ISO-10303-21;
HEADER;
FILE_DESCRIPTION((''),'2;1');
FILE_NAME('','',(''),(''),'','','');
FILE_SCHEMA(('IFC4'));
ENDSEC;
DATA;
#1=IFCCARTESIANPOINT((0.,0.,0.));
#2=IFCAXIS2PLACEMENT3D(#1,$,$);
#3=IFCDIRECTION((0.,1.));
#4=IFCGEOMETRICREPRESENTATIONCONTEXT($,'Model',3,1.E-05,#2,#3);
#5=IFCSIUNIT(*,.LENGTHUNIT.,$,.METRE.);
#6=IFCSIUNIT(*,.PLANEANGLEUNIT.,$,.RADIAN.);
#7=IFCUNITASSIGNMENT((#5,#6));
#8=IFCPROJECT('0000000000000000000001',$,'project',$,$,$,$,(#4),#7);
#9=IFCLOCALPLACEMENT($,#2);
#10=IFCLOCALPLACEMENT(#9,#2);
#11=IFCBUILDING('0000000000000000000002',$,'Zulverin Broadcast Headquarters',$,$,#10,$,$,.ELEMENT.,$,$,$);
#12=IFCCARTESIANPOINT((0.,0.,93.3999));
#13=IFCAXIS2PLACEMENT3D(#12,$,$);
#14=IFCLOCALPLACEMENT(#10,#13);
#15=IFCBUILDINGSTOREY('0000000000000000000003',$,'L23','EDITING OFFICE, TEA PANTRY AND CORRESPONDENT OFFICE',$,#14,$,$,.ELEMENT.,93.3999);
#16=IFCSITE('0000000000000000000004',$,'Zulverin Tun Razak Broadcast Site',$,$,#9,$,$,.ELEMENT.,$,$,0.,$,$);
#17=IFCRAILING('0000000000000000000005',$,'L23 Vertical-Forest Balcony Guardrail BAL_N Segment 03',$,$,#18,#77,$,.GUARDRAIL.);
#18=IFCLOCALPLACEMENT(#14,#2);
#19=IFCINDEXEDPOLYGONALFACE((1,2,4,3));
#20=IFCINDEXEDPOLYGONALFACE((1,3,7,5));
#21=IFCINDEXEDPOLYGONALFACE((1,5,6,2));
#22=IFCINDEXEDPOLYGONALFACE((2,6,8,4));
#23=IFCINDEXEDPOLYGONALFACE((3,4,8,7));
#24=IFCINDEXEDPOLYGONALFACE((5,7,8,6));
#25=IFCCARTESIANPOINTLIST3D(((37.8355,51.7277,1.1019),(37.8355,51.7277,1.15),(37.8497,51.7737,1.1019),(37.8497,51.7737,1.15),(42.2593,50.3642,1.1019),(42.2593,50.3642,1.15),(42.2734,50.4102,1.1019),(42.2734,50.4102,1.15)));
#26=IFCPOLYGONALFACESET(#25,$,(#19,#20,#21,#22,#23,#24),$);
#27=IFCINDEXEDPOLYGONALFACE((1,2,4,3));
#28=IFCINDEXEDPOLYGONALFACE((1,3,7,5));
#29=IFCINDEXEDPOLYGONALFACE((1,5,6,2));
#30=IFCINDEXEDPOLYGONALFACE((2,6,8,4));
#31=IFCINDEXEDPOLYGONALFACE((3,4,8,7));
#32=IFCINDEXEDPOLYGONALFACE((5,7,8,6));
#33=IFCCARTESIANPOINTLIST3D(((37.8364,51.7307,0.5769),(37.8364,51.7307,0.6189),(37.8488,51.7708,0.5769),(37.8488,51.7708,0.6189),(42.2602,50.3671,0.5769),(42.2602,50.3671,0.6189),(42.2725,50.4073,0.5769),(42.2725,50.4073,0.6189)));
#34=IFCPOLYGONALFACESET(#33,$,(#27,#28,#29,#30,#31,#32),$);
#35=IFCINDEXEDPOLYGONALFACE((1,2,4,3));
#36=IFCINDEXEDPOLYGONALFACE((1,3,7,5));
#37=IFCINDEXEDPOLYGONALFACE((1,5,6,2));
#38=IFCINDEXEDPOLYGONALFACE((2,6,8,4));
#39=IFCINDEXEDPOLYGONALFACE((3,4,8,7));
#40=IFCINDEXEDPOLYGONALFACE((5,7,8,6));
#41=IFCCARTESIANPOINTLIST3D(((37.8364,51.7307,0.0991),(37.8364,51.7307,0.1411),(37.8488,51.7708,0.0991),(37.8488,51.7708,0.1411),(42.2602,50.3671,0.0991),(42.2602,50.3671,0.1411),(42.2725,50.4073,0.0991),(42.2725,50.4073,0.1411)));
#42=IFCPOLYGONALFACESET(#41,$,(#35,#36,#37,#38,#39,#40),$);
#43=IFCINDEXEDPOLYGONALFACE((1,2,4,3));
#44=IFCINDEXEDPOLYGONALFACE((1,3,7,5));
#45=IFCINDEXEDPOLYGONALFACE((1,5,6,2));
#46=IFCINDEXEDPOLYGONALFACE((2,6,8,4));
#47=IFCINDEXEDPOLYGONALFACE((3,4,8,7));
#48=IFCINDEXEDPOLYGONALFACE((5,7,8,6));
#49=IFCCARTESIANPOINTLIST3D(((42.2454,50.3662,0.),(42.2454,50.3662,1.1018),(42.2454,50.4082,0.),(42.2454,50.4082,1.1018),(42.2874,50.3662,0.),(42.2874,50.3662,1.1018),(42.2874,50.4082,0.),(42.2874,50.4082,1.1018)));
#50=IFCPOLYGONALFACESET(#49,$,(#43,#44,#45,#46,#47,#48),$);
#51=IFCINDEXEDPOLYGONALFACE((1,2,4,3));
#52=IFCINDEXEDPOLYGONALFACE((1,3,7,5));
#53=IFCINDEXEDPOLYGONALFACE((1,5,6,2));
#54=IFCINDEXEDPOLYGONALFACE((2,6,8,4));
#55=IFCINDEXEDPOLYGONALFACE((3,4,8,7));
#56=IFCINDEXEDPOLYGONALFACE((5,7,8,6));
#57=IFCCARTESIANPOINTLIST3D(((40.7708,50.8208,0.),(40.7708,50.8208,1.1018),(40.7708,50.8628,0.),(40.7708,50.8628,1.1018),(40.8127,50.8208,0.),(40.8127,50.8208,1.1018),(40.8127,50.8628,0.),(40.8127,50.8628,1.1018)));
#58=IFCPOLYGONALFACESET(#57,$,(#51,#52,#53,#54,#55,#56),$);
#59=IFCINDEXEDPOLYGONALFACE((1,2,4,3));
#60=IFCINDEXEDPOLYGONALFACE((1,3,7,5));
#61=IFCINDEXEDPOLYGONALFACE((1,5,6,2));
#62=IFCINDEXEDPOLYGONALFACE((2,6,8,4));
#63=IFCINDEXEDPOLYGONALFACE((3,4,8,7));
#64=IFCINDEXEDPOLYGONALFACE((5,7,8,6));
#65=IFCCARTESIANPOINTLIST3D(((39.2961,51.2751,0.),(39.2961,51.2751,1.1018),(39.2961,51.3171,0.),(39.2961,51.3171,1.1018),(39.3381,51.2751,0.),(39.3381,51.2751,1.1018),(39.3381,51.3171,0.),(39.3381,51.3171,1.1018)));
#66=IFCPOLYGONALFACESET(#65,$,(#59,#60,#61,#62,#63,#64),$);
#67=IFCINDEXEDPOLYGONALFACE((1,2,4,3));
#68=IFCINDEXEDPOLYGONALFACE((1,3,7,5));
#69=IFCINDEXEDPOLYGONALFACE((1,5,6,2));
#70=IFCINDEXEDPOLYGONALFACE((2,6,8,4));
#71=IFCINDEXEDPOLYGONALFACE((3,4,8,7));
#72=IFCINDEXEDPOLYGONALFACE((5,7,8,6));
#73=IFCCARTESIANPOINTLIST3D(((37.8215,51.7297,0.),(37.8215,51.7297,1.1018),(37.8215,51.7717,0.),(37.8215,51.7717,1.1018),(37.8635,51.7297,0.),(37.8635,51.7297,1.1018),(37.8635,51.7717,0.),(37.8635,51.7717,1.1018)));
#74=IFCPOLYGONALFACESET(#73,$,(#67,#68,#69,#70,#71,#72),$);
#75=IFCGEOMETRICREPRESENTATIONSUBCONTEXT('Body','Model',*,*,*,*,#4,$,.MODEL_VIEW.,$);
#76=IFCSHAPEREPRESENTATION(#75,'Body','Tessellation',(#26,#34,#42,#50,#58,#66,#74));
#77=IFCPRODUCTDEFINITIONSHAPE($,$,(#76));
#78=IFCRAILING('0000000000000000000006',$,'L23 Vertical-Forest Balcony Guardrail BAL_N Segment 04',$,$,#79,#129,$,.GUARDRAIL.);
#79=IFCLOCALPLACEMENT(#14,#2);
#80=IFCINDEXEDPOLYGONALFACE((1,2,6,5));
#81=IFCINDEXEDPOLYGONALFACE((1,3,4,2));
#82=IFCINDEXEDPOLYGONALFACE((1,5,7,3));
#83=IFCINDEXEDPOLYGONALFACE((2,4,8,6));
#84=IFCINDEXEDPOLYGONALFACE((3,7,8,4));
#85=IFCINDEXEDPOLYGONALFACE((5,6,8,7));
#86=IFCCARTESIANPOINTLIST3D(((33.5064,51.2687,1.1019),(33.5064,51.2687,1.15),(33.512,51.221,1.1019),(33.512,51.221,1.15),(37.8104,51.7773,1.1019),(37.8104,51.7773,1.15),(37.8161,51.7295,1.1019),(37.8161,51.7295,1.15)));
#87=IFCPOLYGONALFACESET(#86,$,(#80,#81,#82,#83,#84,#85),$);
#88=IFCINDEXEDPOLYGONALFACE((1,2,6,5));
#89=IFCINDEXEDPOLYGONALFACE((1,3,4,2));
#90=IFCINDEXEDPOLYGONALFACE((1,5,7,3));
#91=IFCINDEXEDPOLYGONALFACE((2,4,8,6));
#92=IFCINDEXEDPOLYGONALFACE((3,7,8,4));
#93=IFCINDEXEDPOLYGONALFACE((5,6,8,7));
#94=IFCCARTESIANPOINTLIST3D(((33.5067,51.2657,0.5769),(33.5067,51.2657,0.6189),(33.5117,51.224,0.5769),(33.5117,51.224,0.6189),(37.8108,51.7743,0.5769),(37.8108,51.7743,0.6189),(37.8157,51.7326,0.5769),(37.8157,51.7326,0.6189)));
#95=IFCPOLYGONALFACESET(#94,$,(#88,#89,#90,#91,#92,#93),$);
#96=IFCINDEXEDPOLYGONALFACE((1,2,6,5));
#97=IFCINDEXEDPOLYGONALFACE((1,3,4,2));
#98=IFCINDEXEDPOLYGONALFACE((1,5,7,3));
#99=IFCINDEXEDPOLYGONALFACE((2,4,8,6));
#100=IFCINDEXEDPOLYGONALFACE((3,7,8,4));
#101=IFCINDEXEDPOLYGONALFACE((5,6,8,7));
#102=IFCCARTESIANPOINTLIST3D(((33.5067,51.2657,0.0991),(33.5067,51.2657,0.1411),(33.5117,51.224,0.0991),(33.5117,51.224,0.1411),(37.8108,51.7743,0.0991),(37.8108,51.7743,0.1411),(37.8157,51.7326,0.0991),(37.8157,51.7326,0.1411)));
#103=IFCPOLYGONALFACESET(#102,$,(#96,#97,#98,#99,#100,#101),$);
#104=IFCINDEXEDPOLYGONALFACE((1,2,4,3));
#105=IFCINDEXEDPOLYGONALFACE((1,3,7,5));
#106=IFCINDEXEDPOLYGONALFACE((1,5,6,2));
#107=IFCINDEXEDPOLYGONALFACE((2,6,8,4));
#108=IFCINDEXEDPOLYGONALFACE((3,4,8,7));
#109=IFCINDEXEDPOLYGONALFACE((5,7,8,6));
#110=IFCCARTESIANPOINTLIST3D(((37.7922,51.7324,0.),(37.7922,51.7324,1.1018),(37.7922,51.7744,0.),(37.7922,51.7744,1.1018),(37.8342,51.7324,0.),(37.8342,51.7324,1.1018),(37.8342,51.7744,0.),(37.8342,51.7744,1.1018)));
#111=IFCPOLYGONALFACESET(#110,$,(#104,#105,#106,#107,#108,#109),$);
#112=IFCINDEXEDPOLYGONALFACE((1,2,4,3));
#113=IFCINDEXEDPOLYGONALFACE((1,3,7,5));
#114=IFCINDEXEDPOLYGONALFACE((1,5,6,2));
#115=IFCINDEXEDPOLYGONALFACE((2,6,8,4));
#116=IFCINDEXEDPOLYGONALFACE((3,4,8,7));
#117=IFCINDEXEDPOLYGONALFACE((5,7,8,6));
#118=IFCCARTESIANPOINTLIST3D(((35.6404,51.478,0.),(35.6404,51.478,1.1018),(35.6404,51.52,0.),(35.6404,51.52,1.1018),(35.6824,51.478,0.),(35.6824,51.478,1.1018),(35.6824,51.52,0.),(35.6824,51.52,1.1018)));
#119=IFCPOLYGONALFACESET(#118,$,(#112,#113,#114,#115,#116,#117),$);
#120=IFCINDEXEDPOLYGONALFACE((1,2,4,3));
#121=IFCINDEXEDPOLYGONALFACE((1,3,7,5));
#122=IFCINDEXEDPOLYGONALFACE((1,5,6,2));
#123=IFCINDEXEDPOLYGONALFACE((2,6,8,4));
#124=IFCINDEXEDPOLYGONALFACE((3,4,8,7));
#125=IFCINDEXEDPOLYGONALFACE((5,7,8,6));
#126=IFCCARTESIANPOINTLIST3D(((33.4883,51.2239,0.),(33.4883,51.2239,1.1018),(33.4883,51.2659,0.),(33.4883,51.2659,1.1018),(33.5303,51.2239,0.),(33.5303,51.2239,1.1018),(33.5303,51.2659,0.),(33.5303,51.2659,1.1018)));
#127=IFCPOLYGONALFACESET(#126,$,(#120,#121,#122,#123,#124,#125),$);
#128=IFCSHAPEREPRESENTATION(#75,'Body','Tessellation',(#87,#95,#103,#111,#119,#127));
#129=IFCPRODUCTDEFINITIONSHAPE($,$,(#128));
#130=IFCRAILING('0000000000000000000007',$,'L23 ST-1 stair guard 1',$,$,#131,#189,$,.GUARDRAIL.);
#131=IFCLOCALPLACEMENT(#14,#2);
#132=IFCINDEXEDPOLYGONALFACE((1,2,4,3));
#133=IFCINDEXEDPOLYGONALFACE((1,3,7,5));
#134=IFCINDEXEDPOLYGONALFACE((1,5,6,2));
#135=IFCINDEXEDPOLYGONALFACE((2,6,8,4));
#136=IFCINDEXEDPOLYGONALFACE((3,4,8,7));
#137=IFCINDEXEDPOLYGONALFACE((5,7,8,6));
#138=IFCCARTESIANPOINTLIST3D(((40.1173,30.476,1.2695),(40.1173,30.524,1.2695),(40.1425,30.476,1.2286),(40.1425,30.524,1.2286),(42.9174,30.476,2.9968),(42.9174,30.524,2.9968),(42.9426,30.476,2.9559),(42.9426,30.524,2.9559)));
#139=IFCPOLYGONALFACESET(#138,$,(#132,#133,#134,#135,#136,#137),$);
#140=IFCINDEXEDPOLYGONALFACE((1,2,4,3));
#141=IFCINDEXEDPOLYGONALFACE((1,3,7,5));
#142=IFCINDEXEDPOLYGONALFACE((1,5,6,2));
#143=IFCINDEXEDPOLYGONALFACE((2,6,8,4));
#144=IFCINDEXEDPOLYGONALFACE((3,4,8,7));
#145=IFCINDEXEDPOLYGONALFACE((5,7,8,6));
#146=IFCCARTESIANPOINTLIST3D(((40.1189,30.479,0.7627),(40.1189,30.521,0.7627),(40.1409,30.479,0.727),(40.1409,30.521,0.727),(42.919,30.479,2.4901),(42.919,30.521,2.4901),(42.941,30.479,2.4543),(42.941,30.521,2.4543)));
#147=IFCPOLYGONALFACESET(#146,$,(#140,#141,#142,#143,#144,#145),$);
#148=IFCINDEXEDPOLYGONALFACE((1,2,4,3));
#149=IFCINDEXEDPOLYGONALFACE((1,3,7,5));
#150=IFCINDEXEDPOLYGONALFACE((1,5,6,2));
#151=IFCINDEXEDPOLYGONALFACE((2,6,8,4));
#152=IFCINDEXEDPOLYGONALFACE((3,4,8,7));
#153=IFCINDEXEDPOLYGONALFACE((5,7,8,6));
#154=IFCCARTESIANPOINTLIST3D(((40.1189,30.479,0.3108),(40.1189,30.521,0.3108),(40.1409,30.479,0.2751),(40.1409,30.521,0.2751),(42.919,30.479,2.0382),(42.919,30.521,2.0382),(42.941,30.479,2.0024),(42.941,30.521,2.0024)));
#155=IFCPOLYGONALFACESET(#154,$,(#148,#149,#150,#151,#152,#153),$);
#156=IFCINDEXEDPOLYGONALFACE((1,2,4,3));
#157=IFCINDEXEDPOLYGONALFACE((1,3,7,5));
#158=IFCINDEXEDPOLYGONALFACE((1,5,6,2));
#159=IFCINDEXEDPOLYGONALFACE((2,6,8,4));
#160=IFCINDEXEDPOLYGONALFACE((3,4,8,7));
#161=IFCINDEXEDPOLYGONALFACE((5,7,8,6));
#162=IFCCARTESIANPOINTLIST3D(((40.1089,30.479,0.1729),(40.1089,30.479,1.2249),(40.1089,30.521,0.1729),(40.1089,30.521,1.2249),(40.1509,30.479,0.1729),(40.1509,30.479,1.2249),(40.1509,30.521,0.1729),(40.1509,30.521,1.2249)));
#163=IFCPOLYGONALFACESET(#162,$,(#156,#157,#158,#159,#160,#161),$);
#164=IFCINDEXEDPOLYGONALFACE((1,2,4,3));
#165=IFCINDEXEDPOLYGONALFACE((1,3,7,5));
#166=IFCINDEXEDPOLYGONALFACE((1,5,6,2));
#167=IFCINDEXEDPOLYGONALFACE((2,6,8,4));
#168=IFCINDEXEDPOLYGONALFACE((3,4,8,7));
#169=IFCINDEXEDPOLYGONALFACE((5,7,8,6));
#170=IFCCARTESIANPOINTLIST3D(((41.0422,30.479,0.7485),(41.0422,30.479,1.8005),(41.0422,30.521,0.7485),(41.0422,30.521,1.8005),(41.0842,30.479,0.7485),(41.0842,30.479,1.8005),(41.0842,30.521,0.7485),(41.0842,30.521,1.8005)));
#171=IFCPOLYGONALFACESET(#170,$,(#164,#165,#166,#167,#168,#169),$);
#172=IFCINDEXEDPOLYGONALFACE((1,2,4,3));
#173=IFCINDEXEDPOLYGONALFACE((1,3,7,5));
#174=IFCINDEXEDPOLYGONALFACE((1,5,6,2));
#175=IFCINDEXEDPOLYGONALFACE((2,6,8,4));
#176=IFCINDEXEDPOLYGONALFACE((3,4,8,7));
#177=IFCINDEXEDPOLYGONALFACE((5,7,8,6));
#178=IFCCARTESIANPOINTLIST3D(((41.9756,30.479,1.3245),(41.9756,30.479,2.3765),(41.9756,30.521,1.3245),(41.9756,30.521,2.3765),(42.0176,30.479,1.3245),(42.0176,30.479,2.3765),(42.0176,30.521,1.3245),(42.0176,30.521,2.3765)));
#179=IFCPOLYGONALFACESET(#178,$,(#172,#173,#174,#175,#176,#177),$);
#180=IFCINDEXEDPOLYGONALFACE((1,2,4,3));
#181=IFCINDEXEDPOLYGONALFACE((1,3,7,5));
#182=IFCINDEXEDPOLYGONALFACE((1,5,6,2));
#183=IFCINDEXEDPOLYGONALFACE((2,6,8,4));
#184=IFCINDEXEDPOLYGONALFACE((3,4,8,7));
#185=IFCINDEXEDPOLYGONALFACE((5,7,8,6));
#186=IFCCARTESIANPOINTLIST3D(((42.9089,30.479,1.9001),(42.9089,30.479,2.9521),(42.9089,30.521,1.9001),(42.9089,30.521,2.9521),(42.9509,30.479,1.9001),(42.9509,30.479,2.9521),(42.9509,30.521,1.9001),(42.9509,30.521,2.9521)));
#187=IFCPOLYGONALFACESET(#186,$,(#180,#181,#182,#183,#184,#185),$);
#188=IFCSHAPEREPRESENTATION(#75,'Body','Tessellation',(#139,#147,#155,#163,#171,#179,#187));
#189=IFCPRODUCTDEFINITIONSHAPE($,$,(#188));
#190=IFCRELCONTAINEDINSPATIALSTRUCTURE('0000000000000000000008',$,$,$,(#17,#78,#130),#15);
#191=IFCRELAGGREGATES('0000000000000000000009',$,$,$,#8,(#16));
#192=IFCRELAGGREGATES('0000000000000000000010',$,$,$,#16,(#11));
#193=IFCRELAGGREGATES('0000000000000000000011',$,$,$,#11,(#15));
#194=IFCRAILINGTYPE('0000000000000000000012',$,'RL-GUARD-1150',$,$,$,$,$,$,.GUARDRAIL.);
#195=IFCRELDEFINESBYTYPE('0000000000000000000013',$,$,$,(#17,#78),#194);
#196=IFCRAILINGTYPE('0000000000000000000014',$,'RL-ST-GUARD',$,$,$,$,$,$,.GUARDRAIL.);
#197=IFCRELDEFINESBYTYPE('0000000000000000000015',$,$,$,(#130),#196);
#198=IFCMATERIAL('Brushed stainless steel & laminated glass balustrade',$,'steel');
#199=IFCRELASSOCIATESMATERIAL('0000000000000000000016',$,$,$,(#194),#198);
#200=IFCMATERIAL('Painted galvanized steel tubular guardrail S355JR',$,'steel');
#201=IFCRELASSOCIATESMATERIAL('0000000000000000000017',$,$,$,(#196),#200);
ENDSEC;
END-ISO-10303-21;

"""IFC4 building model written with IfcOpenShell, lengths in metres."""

from ifc_helpers import new_model, si_unit, direction, frame, origin, origin_2d, place, context, subcontext, project, spatial, rectangle, extrude, material, type_object, element, save


model = new_model("IFC4")

# Units and contexts
model_context = context("Model", 3, precision=1e-05, world=origin(), true_north=direction((0.0, 1.0)))
body_context = subcontext(model_context, "Body", "Model", "MODEL_VIEW")
ifc_project = project(units=[si_unit("LENGTHUNIT", "METRE"), si_unit("PLANEANGLEUNIT", "RADIAN")], contexts=[model_context])

# Site, building, storey
site_placement = place(None, origin())
site = spatial("IfcSite", under=ifc_project, at=site_placement, Name="Zulverin Tun Razak Broadcast Site", CompositionType="ELEMENT", RefElevation=0.0)
building_placement = place(site_placement, origin())
building = spatial("IfcBuilding", under=site, at=building_placement, Name="Zulverin Broadcast Headquarters", CompositionType="ELEMENT")
storey_placement = place(building_placement, frame((0.0, 0.0, 93.3999)))
storey = spatial("IfcBuildingStorey", under=building, at=storey_placement, Name="L23", Description="EDITING OFFICE, TEA PANTRY AND CORRESPONDENT OFFICE", CompositionType="ELEMENT", Elevation=93.3999)

# Railings
ifc_material_1 = material(Name="Brushed stainless steel & laminated glass balustrade", Category="steel")
railing_type_1 = type_object("IfcRailingType", Name="RL-GUARD-1150", PredefinedType="GUARDRAIL", material=ifc_material_1)
railing_1_placement = place(storey_placement, frame((42.2664, 50.3872, 0.0)))
element("IfcRailing", 1, at=railing_1_placement, inside=storey, type_object=railing_type_1, Name="L23 Vertical-Forest Balcony Guardrail BAL_N Segment 03", PredefinedType="GUARDRAIL", context=body_context, shape_type="SweptSolid", body=[
    extrude(rectangle(XDim=0.0481, YDim=0.0481, at=origin_2d()), frame((0.0, 0.0, 1.126), z_axis=(-0.955636, 0.294549, 0.0), x_axis=(-0.294549, -0.955636, 0.0)), (0.0, 0.0, 1.0), 4.6292),
    extrude(rectangle(XDim=0.042, YDim=0.042, at=origin_2d()), frame((0.0, 0.0, 0.5979), z_axis=(-0.955636, 0.294549, 0.0), x_axis=(-0.294549, -0.955636, 0.0)), (0.0, 0.0, 1.0), 4.6292),
    extrude(rectangle(XDim=0.042, YDim=0.042, at=origin_2d()), frame((0.0, 0.0, 0.1201), z_axis=(-0.955636, 0.294549, 0.0), x_axis=(-0.294549, -0.955636, 0.0)), (0.0, 0.0, 1.0), 4.6292),
    extrude(rectangle(XDim=0.042, YDim=0.042, at=origin_2d()), origin(), (0.0, 0.0, 1.0), 1.1018),
    extrude(rectangle(XDim=0.042, YDim=0.042, at=origin_2d()), frame((-1.4746, 0.4546, 0.0)), (0.0, 0.0, 1.0), 1.1018),
    extrude(rectangle(XDim=0.042, YDim=0.042, at=origin_2d()), frame((-2.9492, 0.9089, 0.0)), (0.0, 0.0, 1.0), 1.1018),
    extrude(rectangle(XDim=0.042, YDim=0.042, at=origin_2d()), frame((-4.4238, 1.3635, 0.0)), (0.0, 0.0, 1.0), 1.1018),
])
railing_2_placement = place(storey_placement, frame((37.8132, 51.7534, 0.0)))
element("IfcRailing", 2, at=railing_2_placement, inside=storey, type_object=railing_type_1, Name="L23 Vertical-Forest Balcony Guardrail BAL_N Segment 04", PredefinedType="GUARDRAIL", context=body_context, shape_type="SweptSolid", body=[
    extrude(rectangle(XDim=0.0481, YDim=0.0481, at=origin_2d()), frame((0.0, 0.0, 1.126), z_axis=(-0.993092, -0.117341, 0.0), x_axis=(0.117341, -0.993092, 0.0)), (0.0, 0.0, 1.0), 4.334),
    extrude(rectangle(XDim=0.042, YDim=0.042, at=origin_2d()), frame((0.0, 0.0, 0.5979), z_axis=(-0.993092, -0.117341, 0.0), x_axis=(0.117341, -0.993092, 0.0)), (0.0, 0.0, 1.0), 4.334),
    extrude(rectangle(XDim=0.042, YDim=0.042, at=origin_2d()), frame((0.0, 0.0, 0.1201), z_axis=(-0.993092, -0.117341, 0.0), x_axis=(0.117341, -0.993092, 0.0)), (0.0, 0.0, 1.0), 4.334),
    extrude(rectangle(XDim=0.042, YDim=0.042, at=origin_2d()), origin(), (0.0, 0.0, 1.0), 1.1018),
    extrude(rectangle(XDim=0.042, YDim=0.042, at=origin_2d()), frame((-2.1519, -0.2544, 0.0)), (0.0, 0.0, 1.0), 1.1018),
    extrude(rectangle(XDim=0.042, YDim=0.042, at=origin_2d()), frame((-4.304, -0.5085, 0.0)), (0.0, 0.0, 1.0), 1.1018),
])
ifc_material_2 = material(Name="Painted galvanized steel tubular guardrail S355JR", Category="steel")
railing_type_2 = type_object("IfcRailingType", Name="RL-ST-GUARD", PredefinedType="GUARDRAIL", material=ifc_material_2)
railing_3_placement = place(storey_placement, frame((40.1299, 30.5, 0.1729)))
element("IfcRailing", 3, at=railing_3_placement, inside=storey, type_object=railing_type_2, Name="L23 ST-1 stair guard 1", PredefinedType="GUARDRAIL", context=body_context, shape_type="SweptSolid", body=[
    extrude(rectangle(XDim=0.0481, YDim=0.0481, at=origin_2d()), frame((0.0, 0.0, 1.0762), z_axis=(0.85109, 0.0, 0.52502), x_axis=(0.0, 1.0, 0.0)), (0.0, 0.0, 1.0), 3.29),
    extrude(rectangle(XDim=0.042, YDim=0.042, at=origin_2d()), frame((0.0, 0.0, 0.572), z_axis=(0.85109, 0.0, 0.52502), x_axis=(0.0, 1.0, 0.0)), (0.0, 0.0, 1.0), 3.29),
    extrude(rectangle(XDim=0.042, YDim=0.042, at=origin_2d()), frame((0.0, 0.0, 0.1201), z_axis=(0.85109, 0.0, 0.52502), x_axis=(0.0, 1.0, 0.0)), (0.0, 0.0, 1.0), 3.29),
    extrude(rectangle(XDim=0.042, YDim=0.042, at=origin_2d()), origin(), (0.0, 0.0, 1.0), 1.052),
    extrude(rectangle(XDim=0.042, YDim=0.042, at=origin_2d()), frame((0.9333, 0.0, 0.5757)), (0.0, 0.0, 1.0), 1.052),
    extrude(rectangle(XDim=0.042, YDim=0.042, at=origin_2d()), frame((1.8667, 0.0, 1.1516)), (0.0, 0.0, 1.0), 1.052),
    extrude(rectangle(XDim=0.042, YDim=0.042, at=origin_2d()), frame((2.8, 0.0, 1.7273)), (0.0, 0.0, 1.0), 1.052),
])

save(model, "model.ifc")
